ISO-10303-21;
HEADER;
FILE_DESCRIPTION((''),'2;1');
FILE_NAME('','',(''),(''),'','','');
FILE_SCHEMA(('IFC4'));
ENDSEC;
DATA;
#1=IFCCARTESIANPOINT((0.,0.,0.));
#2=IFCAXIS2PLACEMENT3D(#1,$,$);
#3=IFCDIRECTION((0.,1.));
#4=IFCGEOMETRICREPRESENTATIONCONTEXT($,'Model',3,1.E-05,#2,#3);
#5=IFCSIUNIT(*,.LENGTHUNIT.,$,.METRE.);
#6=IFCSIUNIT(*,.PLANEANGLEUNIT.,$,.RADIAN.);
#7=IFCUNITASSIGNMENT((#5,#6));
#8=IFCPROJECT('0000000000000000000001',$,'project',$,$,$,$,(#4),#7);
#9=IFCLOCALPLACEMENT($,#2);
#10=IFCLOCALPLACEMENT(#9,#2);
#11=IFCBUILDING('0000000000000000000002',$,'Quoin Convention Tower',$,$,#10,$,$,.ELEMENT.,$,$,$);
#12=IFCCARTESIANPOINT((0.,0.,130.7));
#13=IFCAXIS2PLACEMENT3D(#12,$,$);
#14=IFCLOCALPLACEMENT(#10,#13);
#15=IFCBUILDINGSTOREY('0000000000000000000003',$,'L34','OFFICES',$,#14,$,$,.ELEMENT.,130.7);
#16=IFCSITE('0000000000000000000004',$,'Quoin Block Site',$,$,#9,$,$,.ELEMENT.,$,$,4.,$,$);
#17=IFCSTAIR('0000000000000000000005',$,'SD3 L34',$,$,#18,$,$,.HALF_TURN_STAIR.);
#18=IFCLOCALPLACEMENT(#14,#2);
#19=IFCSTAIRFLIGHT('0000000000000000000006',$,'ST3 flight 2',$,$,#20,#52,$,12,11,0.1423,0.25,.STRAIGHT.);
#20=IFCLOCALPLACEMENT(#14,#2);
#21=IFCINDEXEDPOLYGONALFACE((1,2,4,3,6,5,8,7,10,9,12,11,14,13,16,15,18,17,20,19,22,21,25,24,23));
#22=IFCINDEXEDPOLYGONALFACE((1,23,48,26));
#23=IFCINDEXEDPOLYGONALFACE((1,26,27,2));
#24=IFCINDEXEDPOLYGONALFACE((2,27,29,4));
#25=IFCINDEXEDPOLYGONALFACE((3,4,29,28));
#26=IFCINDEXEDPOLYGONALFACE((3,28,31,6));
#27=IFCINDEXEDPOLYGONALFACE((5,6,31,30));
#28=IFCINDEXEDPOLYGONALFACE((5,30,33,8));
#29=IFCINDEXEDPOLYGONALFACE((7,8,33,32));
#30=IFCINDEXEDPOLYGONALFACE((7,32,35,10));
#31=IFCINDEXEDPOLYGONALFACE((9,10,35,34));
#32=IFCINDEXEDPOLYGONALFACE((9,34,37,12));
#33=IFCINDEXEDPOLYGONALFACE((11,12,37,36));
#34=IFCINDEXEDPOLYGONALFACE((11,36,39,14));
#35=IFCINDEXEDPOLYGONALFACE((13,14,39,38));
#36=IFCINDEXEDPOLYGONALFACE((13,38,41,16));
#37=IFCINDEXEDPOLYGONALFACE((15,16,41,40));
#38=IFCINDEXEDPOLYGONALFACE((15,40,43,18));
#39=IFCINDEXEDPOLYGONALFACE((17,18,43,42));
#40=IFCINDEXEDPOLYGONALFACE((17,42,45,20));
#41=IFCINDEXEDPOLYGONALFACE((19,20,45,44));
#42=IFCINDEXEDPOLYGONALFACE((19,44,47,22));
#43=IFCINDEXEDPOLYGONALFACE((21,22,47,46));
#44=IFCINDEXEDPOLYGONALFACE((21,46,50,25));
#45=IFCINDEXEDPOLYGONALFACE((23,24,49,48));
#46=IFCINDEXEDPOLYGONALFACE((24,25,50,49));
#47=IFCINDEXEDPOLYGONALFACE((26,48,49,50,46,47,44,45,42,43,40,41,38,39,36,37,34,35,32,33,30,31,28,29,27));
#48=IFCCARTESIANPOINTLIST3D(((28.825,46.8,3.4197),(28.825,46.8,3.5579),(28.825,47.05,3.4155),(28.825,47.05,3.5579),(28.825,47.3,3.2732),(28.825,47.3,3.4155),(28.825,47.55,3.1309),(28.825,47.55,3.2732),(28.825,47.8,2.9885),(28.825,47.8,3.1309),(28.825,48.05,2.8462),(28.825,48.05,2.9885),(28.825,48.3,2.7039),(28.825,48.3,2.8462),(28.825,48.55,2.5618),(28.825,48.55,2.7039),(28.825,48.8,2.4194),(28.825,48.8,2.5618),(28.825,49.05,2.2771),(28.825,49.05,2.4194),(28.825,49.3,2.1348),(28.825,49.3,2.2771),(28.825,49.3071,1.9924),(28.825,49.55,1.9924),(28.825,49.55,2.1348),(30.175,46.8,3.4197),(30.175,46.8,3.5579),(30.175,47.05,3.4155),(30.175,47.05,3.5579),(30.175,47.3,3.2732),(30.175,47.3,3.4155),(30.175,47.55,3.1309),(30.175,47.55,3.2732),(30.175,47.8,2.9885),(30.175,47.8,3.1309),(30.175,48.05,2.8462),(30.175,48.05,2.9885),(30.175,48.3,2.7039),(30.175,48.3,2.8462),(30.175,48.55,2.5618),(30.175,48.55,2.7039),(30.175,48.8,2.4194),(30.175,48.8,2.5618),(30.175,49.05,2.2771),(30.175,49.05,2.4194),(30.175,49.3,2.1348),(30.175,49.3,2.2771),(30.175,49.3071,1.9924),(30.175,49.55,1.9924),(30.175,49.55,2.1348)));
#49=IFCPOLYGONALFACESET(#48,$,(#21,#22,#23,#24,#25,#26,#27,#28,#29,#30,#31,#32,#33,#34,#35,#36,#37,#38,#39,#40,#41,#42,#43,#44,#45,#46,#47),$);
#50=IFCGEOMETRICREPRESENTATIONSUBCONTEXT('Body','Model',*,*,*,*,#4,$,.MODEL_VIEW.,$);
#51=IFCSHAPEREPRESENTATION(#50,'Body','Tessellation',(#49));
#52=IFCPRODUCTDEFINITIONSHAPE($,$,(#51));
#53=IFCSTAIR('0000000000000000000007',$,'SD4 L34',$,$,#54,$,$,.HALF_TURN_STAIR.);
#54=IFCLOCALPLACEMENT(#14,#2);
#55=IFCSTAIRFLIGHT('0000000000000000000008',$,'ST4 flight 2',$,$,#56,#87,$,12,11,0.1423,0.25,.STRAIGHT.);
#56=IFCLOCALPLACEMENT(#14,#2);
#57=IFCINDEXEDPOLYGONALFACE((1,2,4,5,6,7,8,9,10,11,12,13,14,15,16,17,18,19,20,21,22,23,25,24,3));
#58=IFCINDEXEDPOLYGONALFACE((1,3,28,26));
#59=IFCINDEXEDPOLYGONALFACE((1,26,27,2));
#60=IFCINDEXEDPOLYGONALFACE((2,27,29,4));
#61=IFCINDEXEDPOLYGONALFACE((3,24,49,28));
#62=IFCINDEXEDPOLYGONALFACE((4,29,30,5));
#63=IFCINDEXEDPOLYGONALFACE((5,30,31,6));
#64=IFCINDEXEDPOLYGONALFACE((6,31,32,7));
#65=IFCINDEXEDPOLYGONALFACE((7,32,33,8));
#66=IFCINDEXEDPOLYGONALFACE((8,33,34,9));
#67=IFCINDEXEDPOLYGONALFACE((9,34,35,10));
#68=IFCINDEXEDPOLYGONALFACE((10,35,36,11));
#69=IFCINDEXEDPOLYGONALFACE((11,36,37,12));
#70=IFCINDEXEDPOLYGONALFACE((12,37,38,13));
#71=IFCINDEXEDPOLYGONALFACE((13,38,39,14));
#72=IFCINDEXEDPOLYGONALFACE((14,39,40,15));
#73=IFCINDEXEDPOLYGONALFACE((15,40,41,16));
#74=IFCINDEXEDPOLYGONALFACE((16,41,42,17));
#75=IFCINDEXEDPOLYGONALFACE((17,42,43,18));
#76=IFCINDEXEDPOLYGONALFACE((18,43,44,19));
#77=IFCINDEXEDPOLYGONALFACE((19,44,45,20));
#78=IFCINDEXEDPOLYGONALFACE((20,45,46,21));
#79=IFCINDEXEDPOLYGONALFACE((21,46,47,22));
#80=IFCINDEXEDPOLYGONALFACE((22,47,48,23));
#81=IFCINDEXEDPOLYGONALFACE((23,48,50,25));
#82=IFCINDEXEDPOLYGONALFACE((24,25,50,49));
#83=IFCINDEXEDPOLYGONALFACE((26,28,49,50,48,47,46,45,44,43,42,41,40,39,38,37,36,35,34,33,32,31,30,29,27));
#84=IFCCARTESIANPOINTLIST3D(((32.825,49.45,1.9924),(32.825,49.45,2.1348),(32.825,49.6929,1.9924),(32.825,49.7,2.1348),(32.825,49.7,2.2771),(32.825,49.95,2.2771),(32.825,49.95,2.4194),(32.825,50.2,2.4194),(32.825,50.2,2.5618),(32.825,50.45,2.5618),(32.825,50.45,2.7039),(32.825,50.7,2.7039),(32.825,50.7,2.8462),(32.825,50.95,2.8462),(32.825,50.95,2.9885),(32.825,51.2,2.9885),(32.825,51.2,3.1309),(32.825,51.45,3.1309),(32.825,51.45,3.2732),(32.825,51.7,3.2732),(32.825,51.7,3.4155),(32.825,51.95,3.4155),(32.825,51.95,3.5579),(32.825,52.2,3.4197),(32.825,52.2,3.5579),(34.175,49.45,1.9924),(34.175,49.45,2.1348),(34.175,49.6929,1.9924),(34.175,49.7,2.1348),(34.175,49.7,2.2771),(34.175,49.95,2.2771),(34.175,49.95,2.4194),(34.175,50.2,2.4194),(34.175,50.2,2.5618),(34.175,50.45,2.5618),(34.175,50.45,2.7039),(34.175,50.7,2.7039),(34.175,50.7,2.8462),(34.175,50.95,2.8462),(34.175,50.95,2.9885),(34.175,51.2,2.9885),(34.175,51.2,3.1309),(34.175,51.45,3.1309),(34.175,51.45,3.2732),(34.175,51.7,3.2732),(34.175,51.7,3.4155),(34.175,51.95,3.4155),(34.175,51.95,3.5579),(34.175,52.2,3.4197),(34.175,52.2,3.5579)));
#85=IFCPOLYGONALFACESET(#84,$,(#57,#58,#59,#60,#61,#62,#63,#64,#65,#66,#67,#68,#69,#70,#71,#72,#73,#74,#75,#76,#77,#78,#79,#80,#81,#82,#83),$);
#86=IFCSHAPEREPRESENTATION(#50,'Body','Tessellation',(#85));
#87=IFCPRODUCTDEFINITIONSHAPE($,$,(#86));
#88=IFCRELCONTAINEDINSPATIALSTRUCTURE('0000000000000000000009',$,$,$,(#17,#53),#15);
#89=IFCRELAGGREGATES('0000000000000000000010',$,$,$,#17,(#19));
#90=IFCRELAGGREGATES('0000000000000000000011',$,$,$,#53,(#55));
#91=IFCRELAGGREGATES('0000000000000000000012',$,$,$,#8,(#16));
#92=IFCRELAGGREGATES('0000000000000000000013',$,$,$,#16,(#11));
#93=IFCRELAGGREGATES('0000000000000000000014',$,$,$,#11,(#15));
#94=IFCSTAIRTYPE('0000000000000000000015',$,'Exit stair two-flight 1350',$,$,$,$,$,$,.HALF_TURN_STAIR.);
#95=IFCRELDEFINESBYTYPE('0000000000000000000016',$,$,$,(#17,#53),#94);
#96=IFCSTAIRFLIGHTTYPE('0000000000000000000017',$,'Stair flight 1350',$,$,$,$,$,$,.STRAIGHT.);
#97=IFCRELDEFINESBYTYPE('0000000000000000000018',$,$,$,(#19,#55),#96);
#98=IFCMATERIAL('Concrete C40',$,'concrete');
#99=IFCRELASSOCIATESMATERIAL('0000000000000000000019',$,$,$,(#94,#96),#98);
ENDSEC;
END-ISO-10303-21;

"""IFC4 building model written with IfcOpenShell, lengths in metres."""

from ifc_helpers import new_model, si_unit, direction, frame, origin, place, context, subcontext, project, spatial, polyline, outline, extrude, material, type_object, element, aggregate, save


model = new_model("IFC4")

# Units and contexts
model_context = context("Model", 3, precision=1e-05, world=origin(), true_north=direction((0.0, 1.0)))
body_context = subcontext(model_context, "Body", "Model", "MODEL_VIEW")
ifc_project = project(units=[si_unit("LENGTHUNIT", "METRE"), si_unit("PLANEANGLEUNIT", "RADIAN")], contexts=[model_context])

# Site, building, storey
site_placement = place(None, origin())
site = spatial("IfcSite", under=ifc_project, at=site_placement, Name="Quoin Block Site", CompositionType="ELEMENT", RefElevation=4.0)
building_placement = place(site_placement, origin())
building = spatial("IfcBuilding", under=site, at=building_placement, Name="Quoin Convention Tower", CompositionType="ELEMENT")
storey_placement = place(building_placement, frame((0.0, 0.0, 130.7)))
storey = spatial("IfcBuildingStorey", under=building, at=storey_placement, Name="L34", Description="OFFICES", CompositionType="ELEMENT", Elevation=130.7)

# Stairs, stair flights
ifc_material_1 = material(Name="Concrete C40", Category="concrete")
stair_type = type_object("IfcStairType", Name="Exit stair two-flight 1350", PredefinedType="HALF_TURN_STAIR", material=ifc_material_1)
stair_1_placement = place(storey_placement, origin())
stair_1 = element("IfcStair", 1, at=stair_1_placement, inside=storey, type_object=stair_type, Name="SD3 L34", PredefinedType="HALF_TURN_STAIR")
stair_flight_type = type_object("IfcStairFlightType", Name="Stair flight 1350", PredefinedType="STRAIGHT", material=ifc_material_1)
stair_flight_1_placement = place(storey_placement, frame((29.5, 49.55, 1.9924), z_axis=(0.0, 0.0, 1.0), x_axis=(0.0, -1.0, 0.0)))
stair_flight_1 = element("IfcStairFlight", 2, at=stair_flight_1_placement, type_object=stair_flight_type, Name="ST3 flight 2", NumberOfRisers=12, NumberOfTreads=11, PredefinedType="STRAIGHT", RiserHeight=0.1423, TreadLength=0.25, context=body_context, shape_type="SweptSolid", body=[
    extrude(outline(polyline([(0.0, 0.0), (0.0, 0.1423), (0.25, 0.1423), (0.25, 0.2847), (0.5, 0.2847), (0.5, 0.427), (0.75, 0.427), (0.75, 0.5693), (1.0, 0.5693), (1.0, 0.7114), (1.25, 0.7114), (1.25, 0.8538), (1.5, 0.8538), (1.5, 0.9961), (1.75, 0.9961), (1.75, 1.1384), (2.0, 1.1384), (2.0, 1.2808), (2.25, 1.2808), (2.25, 1.4231), (2.5, 1.4231), (2.5, 1.5654), (2.75, 1.5654), (2.75, 1.7078), (2.75, 1.4272), (0.2429, 0.0), (0.0, 0.0)])), frame((0.0, 0.675, 0.0), z_axis=(0.0, -1.0, 0.0), x_axis=(1.0, 0.0, 0.0)), (0.0, 0.0, 1.0), 1.3501),
])
aggregate(stair_1, [stair_flight_1])
stair_2_placement = place(storey_placement, origin())
stair_2 = element("IfcStair", 3, at=stair_2_placement, inside=storey, type_object=stair_type, Name="SD4 L34", PredefinedType="HALF_TURN_STAIR")
stair_flight_2_placement = place(storey_placement, frame((33.5, 49.45, 1.9924), z_axis=(0.0, 0.0, 1.0), x_axis=(0.0, 1.0, 0.0)))
stair_flight_2 = element("IfcStairFlight", 4, at=stair_flight_2_placement, type_object=stair_flight_type, Name="ST4 flight 2", NumberOfRisers=12, NumberOfTreads=11, PredefinedType="STRAIGHT", RiserHeight=0.1423, TreadLength=0.25, context=body_context, shape_type="SweptSolid", body=[
    extrude(outline(polyline([(0.0, 0.0), (0.0, 0.1423), (0.25, 0.1423), (0.25, 0.2847), (0.5, 0.2847), (0.5, 0.427), (0.75, 0.427), (0.75, 0.5693), (1.0, 0.5693), (1.0, 0.7114), (1.25, 0.7114), (1.25, 0.8538), (1.5, 0.8538), (1.5, 0.9961), (1.75, 0.9961), (1.75, 1.1384), (2.0, 1.1384), (2.0, 1.2808), (2.25, 1.2808), (2.25, 1.4231), (2.5, 1.4231), (2.5, 1.5654), (2.75, 1.5654), (2.75, 1.7078), (2.75, 1.4272), (0.2429, 0.0), (0.0, 0.0)])), frame((0.0, 0.675, 0.0), z_axis=(0.0, -1.0, 0.0), x_axis=(1.0, 0.0, 0.0)), (0.0, 0.0, 1.0), 1.3501),
])
aggregate(stair_2, [stair_flight_2])

save(model, "model.ifc")
